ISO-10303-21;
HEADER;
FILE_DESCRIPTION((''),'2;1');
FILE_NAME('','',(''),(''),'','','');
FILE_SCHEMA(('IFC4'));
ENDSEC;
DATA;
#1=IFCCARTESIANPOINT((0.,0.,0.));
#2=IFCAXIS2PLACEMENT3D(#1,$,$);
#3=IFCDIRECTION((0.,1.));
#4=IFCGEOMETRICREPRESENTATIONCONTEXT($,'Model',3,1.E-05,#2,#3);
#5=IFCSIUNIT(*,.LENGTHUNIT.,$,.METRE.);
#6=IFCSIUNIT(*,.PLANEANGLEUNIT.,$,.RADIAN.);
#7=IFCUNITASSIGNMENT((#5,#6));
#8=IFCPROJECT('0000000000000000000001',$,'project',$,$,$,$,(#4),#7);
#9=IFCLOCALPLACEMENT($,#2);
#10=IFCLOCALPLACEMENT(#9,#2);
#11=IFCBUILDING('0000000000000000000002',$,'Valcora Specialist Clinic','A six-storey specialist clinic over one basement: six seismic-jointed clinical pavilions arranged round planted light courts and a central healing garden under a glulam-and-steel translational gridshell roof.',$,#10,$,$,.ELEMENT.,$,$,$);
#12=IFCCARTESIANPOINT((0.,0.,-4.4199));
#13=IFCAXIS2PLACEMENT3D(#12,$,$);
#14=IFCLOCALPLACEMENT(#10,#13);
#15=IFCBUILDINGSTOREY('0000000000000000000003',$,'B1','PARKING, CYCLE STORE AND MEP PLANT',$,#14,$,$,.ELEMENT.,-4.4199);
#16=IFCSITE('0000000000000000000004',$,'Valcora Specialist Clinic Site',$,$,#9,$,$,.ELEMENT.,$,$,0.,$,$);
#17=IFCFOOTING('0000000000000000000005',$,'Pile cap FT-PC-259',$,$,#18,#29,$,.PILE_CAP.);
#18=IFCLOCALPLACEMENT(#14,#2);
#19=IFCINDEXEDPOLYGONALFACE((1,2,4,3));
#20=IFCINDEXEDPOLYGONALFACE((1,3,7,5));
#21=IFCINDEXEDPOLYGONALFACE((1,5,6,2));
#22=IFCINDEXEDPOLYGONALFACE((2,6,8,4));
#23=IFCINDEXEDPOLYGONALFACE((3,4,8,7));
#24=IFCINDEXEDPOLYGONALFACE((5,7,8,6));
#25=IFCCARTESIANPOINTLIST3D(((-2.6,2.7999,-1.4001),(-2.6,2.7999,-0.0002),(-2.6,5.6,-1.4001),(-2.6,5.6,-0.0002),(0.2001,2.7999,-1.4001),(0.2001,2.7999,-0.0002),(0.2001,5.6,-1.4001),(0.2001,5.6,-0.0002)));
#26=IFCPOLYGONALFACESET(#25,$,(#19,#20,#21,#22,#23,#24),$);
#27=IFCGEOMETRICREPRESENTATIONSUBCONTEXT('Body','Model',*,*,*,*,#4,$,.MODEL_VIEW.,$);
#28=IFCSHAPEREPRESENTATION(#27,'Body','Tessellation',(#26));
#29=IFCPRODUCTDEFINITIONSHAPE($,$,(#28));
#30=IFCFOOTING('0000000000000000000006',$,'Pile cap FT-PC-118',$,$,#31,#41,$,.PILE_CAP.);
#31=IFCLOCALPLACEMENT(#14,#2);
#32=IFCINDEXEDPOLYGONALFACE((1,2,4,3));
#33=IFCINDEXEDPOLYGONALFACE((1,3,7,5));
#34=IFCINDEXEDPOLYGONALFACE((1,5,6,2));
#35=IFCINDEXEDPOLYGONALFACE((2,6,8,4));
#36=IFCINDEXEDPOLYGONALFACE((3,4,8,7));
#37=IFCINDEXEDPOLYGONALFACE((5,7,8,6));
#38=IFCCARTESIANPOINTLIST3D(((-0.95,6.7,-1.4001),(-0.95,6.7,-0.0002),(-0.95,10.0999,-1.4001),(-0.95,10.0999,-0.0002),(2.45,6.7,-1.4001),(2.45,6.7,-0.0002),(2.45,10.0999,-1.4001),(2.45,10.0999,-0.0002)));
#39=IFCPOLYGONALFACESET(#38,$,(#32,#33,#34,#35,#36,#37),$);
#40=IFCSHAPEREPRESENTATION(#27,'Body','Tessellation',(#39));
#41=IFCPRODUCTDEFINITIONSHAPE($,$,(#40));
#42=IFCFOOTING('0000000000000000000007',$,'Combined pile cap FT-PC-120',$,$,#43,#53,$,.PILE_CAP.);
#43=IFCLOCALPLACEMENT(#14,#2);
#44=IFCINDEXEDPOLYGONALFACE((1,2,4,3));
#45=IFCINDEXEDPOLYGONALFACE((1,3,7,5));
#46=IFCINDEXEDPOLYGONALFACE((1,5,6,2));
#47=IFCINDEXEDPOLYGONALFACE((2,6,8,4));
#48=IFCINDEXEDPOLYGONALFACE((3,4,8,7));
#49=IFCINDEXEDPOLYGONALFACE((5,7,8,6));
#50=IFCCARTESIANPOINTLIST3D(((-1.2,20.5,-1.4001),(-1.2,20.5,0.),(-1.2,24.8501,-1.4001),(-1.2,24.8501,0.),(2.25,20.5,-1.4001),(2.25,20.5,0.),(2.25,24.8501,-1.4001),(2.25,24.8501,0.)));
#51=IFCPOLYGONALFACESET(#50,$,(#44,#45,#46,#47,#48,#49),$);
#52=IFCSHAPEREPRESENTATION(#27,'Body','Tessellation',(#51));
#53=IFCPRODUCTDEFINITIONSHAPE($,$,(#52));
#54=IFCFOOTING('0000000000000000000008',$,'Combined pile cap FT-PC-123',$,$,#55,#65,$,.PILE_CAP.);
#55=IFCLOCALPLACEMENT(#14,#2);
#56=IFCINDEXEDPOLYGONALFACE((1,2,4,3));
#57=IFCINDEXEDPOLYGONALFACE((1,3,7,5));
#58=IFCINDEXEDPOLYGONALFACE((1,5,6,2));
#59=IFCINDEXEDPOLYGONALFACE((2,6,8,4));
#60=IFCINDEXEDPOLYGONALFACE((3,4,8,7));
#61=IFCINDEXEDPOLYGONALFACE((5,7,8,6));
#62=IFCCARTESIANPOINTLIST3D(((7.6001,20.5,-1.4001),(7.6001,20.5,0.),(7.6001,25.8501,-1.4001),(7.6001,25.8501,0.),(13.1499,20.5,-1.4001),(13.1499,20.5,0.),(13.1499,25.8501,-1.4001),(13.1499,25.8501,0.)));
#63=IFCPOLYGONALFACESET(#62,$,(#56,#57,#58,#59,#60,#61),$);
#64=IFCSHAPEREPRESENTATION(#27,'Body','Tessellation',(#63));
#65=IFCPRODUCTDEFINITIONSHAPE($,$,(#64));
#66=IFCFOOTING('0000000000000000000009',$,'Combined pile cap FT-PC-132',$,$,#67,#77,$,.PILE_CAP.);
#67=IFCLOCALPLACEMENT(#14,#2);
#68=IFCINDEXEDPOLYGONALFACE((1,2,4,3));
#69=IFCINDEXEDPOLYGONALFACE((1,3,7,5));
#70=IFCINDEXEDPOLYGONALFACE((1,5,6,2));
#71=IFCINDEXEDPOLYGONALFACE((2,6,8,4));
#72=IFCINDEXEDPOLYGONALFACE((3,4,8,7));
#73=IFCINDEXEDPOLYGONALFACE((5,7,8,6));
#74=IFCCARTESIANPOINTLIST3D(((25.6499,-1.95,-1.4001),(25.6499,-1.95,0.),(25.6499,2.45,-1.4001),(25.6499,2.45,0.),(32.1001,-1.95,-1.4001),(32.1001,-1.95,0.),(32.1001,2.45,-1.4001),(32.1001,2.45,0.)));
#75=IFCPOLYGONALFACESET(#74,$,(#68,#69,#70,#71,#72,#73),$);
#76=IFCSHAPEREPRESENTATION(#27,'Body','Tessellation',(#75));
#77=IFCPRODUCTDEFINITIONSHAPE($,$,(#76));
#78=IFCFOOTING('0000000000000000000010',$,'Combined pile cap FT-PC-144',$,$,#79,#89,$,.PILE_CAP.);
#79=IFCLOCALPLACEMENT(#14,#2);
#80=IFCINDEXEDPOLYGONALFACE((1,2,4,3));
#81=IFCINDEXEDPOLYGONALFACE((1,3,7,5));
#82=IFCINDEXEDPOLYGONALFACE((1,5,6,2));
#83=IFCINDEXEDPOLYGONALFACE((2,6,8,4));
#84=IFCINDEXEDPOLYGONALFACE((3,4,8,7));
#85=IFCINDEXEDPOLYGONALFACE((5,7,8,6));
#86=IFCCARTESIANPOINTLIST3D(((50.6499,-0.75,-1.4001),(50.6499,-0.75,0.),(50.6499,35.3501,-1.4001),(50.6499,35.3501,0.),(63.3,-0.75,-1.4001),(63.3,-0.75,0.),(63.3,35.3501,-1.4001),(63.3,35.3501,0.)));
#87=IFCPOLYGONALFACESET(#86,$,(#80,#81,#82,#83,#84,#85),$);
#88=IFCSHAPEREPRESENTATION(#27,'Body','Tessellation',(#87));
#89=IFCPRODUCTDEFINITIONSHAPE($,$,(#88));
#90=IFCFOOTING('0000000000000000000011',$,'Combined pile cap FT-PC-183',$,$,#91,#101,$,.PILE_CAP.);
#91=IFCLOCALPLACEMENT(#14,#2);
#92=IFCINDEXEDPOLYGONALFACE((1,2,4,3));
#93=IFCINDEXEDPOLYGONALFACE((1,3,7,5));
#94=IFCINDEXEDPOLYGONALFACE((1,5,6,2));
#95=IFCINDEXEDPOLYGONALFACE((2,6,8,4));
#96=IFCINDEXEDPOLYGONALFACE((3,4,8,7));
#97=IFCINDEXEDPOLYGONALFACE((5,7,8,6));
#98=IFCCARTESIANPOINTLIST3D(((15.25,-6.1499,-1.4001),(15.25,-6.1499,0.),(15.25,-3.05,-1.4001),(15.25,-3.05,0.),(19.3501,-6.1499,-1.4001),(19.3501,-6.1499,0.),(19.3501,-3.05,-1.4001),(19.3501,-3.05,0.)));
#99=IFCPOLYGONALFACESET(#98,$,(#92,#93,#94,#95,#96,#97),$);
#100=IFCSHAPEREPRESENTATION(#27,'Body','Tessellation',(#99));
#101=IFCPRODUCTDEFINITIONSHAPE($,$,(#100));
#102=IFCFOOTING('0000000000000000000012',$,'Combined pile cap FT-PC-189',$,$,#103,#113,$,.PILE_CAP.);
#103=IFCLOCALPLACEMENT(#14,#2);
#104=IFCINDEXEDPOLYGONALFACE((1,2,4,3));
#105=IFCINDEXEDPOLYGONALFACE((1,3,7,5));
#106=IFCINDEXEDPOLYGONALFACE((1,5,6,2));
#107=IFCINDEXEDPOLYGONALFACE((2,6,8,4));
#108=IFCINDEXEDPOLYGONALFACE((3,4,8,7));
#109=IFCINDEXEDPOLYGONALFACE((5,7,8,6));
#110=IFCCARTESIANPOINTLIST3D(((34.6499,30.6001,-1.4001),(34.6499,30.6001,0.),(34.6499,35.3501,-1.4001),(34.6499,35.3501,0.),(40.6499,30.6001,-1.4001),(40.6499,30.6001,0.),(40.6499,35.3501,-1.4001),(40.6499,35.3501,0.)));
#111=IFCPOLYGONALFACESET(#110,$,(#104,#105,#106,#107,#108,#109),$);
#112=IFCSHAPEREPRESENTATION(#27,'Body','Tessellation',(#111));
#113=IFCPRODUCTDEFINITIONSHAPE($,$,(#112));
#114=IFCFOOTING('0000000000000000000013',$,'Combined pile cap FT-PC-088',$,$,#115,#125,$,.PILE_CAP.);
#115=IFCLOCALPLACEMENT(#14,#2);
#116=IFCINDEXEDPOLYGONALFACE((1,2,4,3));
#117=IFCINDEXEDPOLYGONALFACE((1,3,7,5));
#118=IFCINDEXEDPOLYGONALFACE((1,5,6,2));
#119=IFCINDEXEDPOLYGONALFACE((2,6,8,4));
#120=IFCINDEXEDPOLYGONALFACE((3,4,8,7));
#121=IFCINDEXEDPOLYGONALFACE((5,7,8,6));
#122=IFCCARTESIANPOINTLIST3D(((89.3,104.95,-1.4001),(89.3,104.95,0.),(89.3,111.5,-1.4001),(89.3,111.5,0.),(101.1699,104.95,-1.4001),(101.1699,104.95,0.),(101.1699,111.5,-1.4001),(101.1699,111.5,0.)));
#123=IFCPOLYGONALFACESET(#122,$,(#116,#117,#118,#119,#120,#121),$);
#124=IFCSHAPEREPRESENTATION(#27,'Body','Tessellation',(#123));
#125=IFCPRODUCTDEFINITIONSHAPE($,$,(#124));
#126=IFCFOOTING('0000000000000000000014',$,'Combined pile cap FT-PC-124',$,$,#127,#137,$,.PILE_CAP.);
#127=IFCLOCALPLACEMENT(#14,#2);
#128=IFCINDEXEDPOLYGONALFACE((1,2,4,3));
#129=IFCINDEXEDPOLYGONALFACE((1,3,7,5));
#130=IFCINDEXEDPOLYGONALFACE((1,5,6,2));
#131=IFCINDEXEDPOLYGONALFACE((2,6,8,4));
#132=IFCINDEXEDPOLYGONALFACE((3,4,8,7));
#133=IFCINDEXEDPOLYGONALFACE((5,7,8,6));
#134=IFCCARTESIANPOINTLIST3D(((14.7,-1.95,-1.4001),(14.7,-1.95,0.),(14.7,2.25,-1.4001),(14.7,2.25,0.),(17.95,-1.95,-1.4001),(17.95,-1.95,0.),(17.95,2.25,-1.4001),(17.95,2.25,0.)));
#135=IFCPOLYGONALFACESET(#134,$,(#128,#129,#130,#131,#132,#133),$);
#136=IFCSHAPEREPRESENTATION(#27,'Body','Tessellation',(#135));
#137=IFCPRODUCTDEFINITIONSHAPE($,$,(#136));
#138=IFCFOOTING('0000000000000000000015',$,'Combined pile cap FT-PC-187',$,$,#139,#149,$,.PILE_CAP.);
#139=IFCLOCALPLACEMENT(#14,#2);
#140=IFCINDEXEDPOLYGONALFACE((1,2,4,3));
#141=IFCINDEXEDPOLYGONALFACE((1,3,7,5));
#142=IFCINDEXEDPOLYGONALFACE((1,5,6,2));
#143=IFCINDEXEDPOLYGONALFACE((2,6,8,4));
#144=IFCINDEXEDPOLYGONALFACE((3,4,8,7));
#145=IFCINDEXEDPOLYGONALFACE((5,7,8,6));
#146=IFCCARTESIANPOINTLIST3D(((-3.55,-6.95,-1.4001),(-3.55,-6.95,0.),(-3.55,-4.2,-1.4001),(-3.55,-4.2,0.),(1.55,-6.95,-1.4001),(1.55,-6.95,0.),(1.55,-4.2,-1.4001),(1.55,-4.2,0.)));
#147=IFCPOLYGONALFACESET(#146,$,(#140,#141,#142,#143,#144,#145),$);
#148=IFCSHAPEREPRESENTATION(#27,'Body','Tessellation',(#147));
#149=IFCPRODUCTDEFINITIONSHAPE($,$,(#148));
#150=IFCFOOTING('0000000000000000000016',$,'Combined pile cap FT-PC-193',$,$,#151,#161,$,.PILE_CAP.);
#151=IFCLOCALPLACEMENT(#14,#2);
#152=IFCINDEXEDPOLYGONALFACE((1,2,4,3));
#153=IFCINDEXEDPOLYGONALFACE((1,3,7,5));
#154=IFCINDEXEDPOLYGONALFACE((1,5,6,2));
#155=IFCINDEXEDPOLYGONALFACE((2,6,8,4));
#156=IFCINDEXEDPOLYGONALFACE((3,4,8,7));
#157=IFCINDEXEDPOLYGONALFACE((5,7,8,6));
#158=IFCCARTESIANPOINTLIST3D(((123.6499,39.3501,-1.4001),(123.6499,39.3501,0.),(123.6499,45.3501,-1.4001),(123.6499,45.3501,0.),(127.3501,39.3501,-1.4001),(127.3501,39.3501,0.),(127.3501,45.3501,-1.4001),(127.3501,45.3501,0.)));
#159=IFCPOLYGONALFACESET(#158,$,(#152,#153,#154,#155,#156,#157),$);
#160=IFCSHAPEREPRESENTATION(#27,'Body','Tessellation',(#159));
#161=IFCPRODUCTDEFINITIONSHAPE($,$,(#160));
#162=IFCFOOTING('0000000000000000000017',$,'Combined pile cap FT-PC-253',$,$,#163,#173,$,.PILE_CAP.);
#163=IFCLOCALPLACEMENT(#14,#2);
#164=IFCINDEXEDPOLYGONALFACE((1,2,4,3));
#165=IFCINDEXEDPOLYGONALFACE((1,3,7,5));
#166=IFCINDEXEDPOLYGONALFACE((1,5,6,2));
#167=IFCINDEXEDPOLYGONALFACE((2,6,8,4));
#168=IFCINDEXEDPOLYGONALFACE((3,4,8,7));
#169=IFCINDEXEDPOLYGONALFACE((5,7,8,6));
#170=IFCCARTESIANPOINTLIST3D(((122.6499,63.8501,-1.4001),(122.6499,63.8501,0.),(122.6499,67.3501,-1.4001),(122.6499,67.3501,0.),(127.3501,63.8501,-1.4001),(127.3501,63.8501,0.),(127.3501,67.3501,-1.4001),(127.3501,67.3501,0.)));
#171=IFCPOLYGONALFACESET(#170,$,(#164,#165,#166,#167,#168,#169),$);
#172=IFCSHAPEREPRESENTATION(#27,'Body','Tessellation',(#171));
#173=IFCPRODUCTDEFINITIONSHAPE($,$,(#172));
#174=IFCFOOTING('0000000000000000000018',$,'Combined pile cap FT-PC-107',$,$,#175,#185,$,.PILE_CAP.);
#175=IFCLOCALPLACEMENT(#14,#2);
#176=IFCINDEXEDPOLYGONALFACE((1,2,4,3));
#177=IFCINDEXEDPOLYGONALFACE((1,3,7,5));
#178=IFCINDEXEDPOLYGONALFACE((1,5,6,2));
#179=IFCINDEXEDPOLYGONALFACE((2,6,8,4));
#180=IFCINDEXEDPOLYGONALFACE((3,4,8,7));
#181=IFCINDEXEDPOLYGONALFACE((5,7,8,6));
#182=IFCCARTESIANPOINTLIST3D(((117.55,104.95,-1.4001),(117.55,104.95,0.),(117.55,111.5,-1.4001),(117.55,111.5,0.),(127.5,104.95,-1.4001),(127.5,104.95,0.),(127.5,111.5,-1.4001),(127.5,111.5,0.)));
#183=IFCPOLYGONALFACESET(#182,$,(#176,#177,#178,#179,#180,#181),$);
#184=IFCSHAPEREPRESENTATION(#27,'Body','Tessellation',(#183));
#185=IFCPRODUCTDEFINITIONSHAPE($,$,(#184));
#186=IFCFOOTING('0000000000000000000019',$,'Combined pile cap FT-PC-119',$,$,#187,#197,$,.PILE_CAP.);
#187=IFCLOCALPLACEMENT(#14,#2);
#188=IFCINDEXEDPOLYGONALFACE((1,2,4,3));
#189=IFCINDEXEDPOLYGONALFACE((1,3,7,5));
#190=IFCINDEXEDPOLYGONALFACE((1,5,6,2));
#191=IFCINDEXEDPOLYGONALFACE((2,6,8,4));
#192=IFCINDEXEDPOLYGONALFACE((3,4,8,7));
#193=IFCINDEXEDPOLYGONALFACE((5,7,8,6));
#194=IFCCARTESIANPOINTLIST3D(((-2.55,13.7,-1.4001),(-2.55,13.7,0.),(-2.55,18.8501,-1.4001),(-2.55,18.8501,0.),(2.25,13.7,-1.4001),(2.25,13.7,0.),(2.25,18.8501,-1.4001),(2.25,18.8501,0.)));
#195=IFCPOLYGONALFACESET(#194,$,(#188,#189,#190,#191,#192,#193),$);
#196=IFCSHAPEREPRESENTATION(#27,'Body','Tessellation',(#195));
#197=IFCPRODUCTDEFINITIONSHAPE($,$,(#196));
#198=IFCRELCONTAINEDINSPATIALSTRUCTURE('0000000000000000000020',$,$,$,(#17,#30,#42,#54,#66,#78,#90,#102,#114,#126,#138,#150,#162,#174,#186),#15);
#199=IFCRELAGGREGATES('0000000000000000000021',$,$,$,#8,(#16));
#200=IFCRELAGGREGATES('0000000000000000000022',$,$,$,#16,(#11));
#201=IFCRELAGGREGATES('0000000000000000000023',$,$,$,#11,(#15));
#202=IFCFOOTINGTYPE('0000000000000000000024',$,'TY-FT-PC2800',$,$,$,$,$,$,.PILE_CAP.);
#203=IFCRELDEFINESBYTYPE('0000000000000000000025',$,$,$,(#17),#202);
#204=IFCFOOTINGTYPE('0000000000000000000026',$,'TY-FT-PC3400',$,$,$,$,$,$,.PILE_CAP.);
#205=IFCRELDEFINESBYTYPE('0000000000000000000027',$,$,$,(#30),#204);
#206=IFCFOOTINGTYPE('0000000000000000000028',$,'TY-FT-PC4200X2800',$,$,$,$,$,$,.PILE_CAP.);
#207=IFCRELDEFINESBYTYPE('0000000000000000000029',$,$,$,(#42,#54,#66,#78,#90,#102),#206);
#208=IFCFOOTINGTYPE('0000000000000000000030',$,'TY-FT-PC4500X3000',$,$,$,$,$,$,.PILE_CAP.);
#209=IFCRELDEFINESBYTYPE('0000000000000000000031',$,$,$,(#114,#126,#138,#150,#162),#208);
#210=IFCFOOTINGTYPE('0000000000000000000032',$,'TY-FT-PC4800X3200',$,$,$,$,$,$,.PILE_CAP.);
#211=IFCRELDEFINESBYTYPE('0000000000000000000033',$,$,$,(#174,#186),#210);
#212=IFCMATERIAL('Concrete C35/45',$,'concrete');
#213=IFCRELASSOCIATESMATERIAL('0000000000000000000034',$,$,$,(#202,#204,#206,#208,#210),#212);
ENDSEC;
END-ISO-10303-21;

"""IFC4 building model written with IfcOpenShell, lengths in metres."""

from ifc_helpers import new_model, si_unit, direction, frame, origin, origin_2d, place, context, subcontext, project, spatial, polyline, rectangle, outline, extrude, material, type_object, element, save


model = new_model("IFC4")

# Units and contexts
model_context = context("Model", 3, precision=1e-05, world=origin(), true_north=direction((0.0, 1.0)))
body_context = subcontext(model_context, "Body", "Model", "MODEL_VIEW")
ifc_project = project(units=[si_unit("LENGTHUNIT", "METRE"), si_unit("PLANEANGLEUNIT", "RADIAN")], contexts=[model_context])

# Site, building, storey
site_placement = place(None, origin())
site = spatial("IfcSite", under=ifc_project, at=site_placement, Name="Valcora Specialist Clinic Site", CompositionType="ELEMENT", RefElevation=0.0)
building_placement = place(site_placement, origin())
building = spatial("IfcBuilding", under=site, at=building_placement, Name="Valcora Specialist Clinic", Description="A six-storey specialist clinic over one basement: six seismic-jointed clinical pavilions arranged round planted light courts and a central healing garden under a glulam-and-steel translational gridshell roof.", CompositionType="ELEMENT")
storey_placement = place(building_placement, frame((0.0, 0.0, -4.4199)))
storey = spatial("IfcBuildingStorey", under=building, at=storey_placement, Name="B1", Description="PARKING, CYCLE STORE AND MEP PLANT", CompositionType="ELEMENT", Elevation=-4.4199)

# Footings
ifc_material_1 = material(Name="Concrete C35/45", Category="concrete")
footing_type_1 = type_object("IfcFootingType", Name="TY-FT-PC2800", PredefinedType="PILE_CAP", material=ifc_material_1)
footing_1_placement = place(storey_placement, frame((-1.2, 4.2, -1.4001), z_axis=(0.0, 0.0, 1.0), x_axis=(1.0, 0.0, 0.0)))
element("IfcFooting", 1, at=footing_1_placement, inside=storey, type_object=footing_type_1, Name="Pile cap FT-PC-259", PredefinedType="PILE_CAP", context=body_context, shape_type="SweptSolid", body=[
    extrude(rectangle(XDim=2.8, YDim=2.8, at=origin_2d()), origin(), (0.0, 0.0, 1.0), 1.3999),
])
footing_type_2 = type_object("IfcFootingType", Name="TY-FT-PC3400", PredefinedType="PILE_CAP", material=ifc_material_1)
footing_2_placement = place(storey_placement, frame((0.75, 8.3999, -1.4001), z_axis=(0.0, 0.0, 1.0), x_axis=(1.0, 0.0, 0.0)))
element("IfcFooting", 2, at=footing_2_placement, inside=storey, type_object=footing_type_2, Name="Pile cap FT-PC-118", PredefinedType="PILE_CAP", context=body_context, shape_type="SweptSolid", body=[
    extrude(rectangle(XDim=3.3999, YDim=3.3999, at=origin_2d()), origin(), (0.0, 0.0, 1.0), 1.3999),
])
footing_type_3 = type_object("IfcFootingType", Name="TY-FT-PC4200X2800", PredefinedType="PILE_CAP", material=ifc_material_1)
footing_3_placement = place(storey_placement, frame((0.0, 0.0, -1.4001)))
element("IfcFooting", 3, at=footing_3_placement, inside=storey, type_object=footing_type_3, Name="Combined pile cap FT-PC-120", PredefinedType="PILE_CAP", context=body_context, shape_type="SweptSolid", body=[
    extrude(outline(polyline([(-1.2, 20.5), (2.25, 20.5), (2.25, 24.8501), (-1.2, 24.8501), (-1.2, 20.5)])), origin(), (0.0, 0.0, 1.0), 1.4001),
])
footing_4_placement = place(storey_placement, frame((0.0, 0.0, -1.4001)))
element("IfcFooting", 4, at=footing_4_placement, inside=storey, type_object=footing_type_3, Name="Combined pile cap FT-PC-123", PredefinedType="PILE_CAP", context=body_context, shape_type="SweptSolid", body=[
    extrude(outline(polyline([(7.6001, 20.5), (13.1499, 20.5), (13.1499, 25.8501), (7.6001, 25.8501), (7.6001, 20.5)])), origin(), (0.0, 0.0, 1.0), 1.4001),
])
footing_5_placement = place(storey_placement, frame((0.0, 0.0, -1.4001)))
element("IfcFooting", 5, at=footing_5_placement, inside=storey, type_object=footing_type_3, Name="Combined pile cap FT-PC-132", PredefinedType="PILE_CAP", context=body_context, shape_type="SweptSolid", body=[
    extrude(outline(polyline([(25.6499, -1.95), (32.1001, -1.95), (32.1001, 2.45), (25.6499, 2.45), (25.6499, -1.95)])), origin(), (0.0, 0.0, 1.0), 1.4001),
])
footing_6_placement = place(storey_placement, frame((0.0, 0.0, -1.4001)))
element("IfcFooting", 6, at=footing_6_placement, inside=storey, type_object=footing_type_3, Name="Combined pile cap FT-PC-144", PredefinedType="PILE_CAP", context=body_context, shape_type="SweptSolid", body=[
    extrude(outline(polyline([(50.6499, -0.75), (63.3, -0.75), (63.3, 35.3501), (50.6499, 35.3501), (50.6499, -0.75)])), origin(), (0.0, 0.0, 1.0), 1.4001),
])
footing_7_placement = place(storey_placement, frame((0.0, 0.0, -1.4001)))
element("IfcFooting", 7, at=footing_7_placement, inside=storey, type_object=footing_type_3, Name="Combined pile cap FT-PC-183", PredefinedType="PILE_CAP", context=body_context, shape_type="SweptSolid", body=[
    extrude(outline(polyline([(15.25, -6.1499), (19.3501, -6.1499), (19.3501, -3.05), (15.25, -3.05), (15.25, -6.1499)])), origin(), (0.0, 0.0, 1.0), 1.4001),
])
footing_8_placement = place(storey_placement, frame((0.0, 0.0, -1.4001)))
element("IfcFooting", 8, at=footing_8_placement, inside=storey, type_object=footing_type_3, Name="Combined pile cap FT-PC-189", PredefinedType="PILE_CAP", context=body_context, shape_type="SweptSolid", body=[
    extrude(outline(polyline([(34.6499, 30.6001), (40.6499, 30.6001), (40.6499, 35.3501), (34.6499, 35.3501), (34.6499, 30.6001)])), origin(), (0.0, 0.0, 1.0), 1.4001),
])
footing_type_4 = type_object("IfcFootingType", Name="TY-FT-PC4500X3000", PredefinedType="PILE_CAP", material=ifc_material_1)
footing_9_placement = place(storey_placement, frame((0.0, 0.0, -1.4001)))
element("IfcFooting", 9, at=footing_9_placement, inside=storey, type_object=footing_type_4, Name="Combined pile cap FT-PC-088", PredefinedType="PILE_CAP", context=body_context, shape_type="SweptSolid", body=[
    extrude(outline(polyline([(89.3, 104.95), (101.1699, 104.95), (101.1699, 111.5), (89.3, 111.5), (89.3, 104.95)])), origin(), (0.0, 0.0, 1.0), 1.4001),
])
footing_10_placement = place(storey_placement, frame((0.0, 0.0, -1.4001)))
element("IfcFooting", 10, at=footing_10_placement, inside=storey, type_object=footing_type_4, Name="Combined pile cap FT-PC-124", PredefinedType="PILE_CAP", context=body_context, shape_type="SweptSolid", body=[
    extrude(outline(polyline([(14.7, -1.95), (17.95, -1.95), (17.95, 2.25), (14.7, 2.25), (14.7, -1.95)])), origin(), (0.0, 0.0, 1.0), 1.4001),
])
footing_11_placement = place(storey_placement, frame((0.0, 0.0, -1.4001)))
element("IfcFooting", 11, at=footing_11_placement, inside=storey, type_object=footing_type_4, Name="Combined pile cap FT-PC-187", PredefinedType="PILE_CAP", context=body_context, shape_type="SweptSolid", body=[
    extrude(outline(polyline([(-3.55, -6.95), (1.55, -6.95), (1.55, -4.2), (-3.55, -4.2), (-3.55, -6.95)])), origin(), (0.0, 0.0, 1.0), 1.4001),
])
footing_12_placement = place(storey_placement, frame((0.0, 0.0, -1.4001)))
element("IfcFooting", 12, at=footing_12_placement, inside=storey, type_object=footing_type_4, Name="Combined pile cap FT-PC-193", PredefinedType="PILE_CAP", context=body_context, shape_type="SweptSolid", body=[
    extrude(outline(polyline([(123.6499, 39.3501), (127.3501, 39.3501), (127.3501, 45.3501), (123.6499, 45.3501), (123.6499, 39.3501)])), origin(), (0.0, 0.0, 1.0), 1.4001),
])
footing_13_placement = place(storey_placement, frame((0.0, 0.0, -1.4001)))
element("IfcFooting", 13, at=footing_13_placement, inside=storey, type_object=footing_type_4, Name="Combined pile cap FT-PC-253", PredefinedType="PILE_CAP", context=body_context, shape_type="SweptSolid", body=[
    extrude(outline(polyline([(122.6499, 63.8501), (127.3501, 63.8501), (127.3501, 67.3501), (122.6499, 67.3501), (122.6499, 63.8501)])), origin(), (0.0, 0.0, 1.0), 1.4001),
])
footing_type_5 = type_object("IfcFootingType", Name="TY-FT-PC4800X3200", PredefinedType="PILE_CAP", material=ifc_material_1)
footing_14_placement = place(storey_placement, frame((0.0, 0.0, -1.4001)))
element("IfcFooting", 14, at=footing_14_placement, inside=storey, type_object=footing_type_5, Name="Combined pile cap FT-PC-107", PredefinedType="PILE_CAP", context=body_context, shape_type="SweptSolid", body=[
    extrude(outline(polyline([(117.55, 104.95), (127.5, 104.95), (127.5, 111.5), (117.55, 111.5), (117.55, 104.95)])), origin(), (0.0, 0.0, 1.0), 1.4001),
])
footing_15_placement = place(storey_placement, frame((0.0, 0.0, -1.4001)))
element("IfcFooting", 15, at=footing_15_placement, inside=storey, type_object=footing_type_5, Name="Combined pile cap FT-PC-119", PredefinedType="PILE_CAP", context=body_context, shape_type="SweptSolid", body=[
    extrude(outline(polyline([(-2.55, 13.7), (2.25, 13.7), (2.25, 18.8501), (-2.55, 18.8501), (-2.55, 13.7)])), origin(), (0.0, 0.0, 1.0), 1.4001),
])

save(model, "model.ifc")
